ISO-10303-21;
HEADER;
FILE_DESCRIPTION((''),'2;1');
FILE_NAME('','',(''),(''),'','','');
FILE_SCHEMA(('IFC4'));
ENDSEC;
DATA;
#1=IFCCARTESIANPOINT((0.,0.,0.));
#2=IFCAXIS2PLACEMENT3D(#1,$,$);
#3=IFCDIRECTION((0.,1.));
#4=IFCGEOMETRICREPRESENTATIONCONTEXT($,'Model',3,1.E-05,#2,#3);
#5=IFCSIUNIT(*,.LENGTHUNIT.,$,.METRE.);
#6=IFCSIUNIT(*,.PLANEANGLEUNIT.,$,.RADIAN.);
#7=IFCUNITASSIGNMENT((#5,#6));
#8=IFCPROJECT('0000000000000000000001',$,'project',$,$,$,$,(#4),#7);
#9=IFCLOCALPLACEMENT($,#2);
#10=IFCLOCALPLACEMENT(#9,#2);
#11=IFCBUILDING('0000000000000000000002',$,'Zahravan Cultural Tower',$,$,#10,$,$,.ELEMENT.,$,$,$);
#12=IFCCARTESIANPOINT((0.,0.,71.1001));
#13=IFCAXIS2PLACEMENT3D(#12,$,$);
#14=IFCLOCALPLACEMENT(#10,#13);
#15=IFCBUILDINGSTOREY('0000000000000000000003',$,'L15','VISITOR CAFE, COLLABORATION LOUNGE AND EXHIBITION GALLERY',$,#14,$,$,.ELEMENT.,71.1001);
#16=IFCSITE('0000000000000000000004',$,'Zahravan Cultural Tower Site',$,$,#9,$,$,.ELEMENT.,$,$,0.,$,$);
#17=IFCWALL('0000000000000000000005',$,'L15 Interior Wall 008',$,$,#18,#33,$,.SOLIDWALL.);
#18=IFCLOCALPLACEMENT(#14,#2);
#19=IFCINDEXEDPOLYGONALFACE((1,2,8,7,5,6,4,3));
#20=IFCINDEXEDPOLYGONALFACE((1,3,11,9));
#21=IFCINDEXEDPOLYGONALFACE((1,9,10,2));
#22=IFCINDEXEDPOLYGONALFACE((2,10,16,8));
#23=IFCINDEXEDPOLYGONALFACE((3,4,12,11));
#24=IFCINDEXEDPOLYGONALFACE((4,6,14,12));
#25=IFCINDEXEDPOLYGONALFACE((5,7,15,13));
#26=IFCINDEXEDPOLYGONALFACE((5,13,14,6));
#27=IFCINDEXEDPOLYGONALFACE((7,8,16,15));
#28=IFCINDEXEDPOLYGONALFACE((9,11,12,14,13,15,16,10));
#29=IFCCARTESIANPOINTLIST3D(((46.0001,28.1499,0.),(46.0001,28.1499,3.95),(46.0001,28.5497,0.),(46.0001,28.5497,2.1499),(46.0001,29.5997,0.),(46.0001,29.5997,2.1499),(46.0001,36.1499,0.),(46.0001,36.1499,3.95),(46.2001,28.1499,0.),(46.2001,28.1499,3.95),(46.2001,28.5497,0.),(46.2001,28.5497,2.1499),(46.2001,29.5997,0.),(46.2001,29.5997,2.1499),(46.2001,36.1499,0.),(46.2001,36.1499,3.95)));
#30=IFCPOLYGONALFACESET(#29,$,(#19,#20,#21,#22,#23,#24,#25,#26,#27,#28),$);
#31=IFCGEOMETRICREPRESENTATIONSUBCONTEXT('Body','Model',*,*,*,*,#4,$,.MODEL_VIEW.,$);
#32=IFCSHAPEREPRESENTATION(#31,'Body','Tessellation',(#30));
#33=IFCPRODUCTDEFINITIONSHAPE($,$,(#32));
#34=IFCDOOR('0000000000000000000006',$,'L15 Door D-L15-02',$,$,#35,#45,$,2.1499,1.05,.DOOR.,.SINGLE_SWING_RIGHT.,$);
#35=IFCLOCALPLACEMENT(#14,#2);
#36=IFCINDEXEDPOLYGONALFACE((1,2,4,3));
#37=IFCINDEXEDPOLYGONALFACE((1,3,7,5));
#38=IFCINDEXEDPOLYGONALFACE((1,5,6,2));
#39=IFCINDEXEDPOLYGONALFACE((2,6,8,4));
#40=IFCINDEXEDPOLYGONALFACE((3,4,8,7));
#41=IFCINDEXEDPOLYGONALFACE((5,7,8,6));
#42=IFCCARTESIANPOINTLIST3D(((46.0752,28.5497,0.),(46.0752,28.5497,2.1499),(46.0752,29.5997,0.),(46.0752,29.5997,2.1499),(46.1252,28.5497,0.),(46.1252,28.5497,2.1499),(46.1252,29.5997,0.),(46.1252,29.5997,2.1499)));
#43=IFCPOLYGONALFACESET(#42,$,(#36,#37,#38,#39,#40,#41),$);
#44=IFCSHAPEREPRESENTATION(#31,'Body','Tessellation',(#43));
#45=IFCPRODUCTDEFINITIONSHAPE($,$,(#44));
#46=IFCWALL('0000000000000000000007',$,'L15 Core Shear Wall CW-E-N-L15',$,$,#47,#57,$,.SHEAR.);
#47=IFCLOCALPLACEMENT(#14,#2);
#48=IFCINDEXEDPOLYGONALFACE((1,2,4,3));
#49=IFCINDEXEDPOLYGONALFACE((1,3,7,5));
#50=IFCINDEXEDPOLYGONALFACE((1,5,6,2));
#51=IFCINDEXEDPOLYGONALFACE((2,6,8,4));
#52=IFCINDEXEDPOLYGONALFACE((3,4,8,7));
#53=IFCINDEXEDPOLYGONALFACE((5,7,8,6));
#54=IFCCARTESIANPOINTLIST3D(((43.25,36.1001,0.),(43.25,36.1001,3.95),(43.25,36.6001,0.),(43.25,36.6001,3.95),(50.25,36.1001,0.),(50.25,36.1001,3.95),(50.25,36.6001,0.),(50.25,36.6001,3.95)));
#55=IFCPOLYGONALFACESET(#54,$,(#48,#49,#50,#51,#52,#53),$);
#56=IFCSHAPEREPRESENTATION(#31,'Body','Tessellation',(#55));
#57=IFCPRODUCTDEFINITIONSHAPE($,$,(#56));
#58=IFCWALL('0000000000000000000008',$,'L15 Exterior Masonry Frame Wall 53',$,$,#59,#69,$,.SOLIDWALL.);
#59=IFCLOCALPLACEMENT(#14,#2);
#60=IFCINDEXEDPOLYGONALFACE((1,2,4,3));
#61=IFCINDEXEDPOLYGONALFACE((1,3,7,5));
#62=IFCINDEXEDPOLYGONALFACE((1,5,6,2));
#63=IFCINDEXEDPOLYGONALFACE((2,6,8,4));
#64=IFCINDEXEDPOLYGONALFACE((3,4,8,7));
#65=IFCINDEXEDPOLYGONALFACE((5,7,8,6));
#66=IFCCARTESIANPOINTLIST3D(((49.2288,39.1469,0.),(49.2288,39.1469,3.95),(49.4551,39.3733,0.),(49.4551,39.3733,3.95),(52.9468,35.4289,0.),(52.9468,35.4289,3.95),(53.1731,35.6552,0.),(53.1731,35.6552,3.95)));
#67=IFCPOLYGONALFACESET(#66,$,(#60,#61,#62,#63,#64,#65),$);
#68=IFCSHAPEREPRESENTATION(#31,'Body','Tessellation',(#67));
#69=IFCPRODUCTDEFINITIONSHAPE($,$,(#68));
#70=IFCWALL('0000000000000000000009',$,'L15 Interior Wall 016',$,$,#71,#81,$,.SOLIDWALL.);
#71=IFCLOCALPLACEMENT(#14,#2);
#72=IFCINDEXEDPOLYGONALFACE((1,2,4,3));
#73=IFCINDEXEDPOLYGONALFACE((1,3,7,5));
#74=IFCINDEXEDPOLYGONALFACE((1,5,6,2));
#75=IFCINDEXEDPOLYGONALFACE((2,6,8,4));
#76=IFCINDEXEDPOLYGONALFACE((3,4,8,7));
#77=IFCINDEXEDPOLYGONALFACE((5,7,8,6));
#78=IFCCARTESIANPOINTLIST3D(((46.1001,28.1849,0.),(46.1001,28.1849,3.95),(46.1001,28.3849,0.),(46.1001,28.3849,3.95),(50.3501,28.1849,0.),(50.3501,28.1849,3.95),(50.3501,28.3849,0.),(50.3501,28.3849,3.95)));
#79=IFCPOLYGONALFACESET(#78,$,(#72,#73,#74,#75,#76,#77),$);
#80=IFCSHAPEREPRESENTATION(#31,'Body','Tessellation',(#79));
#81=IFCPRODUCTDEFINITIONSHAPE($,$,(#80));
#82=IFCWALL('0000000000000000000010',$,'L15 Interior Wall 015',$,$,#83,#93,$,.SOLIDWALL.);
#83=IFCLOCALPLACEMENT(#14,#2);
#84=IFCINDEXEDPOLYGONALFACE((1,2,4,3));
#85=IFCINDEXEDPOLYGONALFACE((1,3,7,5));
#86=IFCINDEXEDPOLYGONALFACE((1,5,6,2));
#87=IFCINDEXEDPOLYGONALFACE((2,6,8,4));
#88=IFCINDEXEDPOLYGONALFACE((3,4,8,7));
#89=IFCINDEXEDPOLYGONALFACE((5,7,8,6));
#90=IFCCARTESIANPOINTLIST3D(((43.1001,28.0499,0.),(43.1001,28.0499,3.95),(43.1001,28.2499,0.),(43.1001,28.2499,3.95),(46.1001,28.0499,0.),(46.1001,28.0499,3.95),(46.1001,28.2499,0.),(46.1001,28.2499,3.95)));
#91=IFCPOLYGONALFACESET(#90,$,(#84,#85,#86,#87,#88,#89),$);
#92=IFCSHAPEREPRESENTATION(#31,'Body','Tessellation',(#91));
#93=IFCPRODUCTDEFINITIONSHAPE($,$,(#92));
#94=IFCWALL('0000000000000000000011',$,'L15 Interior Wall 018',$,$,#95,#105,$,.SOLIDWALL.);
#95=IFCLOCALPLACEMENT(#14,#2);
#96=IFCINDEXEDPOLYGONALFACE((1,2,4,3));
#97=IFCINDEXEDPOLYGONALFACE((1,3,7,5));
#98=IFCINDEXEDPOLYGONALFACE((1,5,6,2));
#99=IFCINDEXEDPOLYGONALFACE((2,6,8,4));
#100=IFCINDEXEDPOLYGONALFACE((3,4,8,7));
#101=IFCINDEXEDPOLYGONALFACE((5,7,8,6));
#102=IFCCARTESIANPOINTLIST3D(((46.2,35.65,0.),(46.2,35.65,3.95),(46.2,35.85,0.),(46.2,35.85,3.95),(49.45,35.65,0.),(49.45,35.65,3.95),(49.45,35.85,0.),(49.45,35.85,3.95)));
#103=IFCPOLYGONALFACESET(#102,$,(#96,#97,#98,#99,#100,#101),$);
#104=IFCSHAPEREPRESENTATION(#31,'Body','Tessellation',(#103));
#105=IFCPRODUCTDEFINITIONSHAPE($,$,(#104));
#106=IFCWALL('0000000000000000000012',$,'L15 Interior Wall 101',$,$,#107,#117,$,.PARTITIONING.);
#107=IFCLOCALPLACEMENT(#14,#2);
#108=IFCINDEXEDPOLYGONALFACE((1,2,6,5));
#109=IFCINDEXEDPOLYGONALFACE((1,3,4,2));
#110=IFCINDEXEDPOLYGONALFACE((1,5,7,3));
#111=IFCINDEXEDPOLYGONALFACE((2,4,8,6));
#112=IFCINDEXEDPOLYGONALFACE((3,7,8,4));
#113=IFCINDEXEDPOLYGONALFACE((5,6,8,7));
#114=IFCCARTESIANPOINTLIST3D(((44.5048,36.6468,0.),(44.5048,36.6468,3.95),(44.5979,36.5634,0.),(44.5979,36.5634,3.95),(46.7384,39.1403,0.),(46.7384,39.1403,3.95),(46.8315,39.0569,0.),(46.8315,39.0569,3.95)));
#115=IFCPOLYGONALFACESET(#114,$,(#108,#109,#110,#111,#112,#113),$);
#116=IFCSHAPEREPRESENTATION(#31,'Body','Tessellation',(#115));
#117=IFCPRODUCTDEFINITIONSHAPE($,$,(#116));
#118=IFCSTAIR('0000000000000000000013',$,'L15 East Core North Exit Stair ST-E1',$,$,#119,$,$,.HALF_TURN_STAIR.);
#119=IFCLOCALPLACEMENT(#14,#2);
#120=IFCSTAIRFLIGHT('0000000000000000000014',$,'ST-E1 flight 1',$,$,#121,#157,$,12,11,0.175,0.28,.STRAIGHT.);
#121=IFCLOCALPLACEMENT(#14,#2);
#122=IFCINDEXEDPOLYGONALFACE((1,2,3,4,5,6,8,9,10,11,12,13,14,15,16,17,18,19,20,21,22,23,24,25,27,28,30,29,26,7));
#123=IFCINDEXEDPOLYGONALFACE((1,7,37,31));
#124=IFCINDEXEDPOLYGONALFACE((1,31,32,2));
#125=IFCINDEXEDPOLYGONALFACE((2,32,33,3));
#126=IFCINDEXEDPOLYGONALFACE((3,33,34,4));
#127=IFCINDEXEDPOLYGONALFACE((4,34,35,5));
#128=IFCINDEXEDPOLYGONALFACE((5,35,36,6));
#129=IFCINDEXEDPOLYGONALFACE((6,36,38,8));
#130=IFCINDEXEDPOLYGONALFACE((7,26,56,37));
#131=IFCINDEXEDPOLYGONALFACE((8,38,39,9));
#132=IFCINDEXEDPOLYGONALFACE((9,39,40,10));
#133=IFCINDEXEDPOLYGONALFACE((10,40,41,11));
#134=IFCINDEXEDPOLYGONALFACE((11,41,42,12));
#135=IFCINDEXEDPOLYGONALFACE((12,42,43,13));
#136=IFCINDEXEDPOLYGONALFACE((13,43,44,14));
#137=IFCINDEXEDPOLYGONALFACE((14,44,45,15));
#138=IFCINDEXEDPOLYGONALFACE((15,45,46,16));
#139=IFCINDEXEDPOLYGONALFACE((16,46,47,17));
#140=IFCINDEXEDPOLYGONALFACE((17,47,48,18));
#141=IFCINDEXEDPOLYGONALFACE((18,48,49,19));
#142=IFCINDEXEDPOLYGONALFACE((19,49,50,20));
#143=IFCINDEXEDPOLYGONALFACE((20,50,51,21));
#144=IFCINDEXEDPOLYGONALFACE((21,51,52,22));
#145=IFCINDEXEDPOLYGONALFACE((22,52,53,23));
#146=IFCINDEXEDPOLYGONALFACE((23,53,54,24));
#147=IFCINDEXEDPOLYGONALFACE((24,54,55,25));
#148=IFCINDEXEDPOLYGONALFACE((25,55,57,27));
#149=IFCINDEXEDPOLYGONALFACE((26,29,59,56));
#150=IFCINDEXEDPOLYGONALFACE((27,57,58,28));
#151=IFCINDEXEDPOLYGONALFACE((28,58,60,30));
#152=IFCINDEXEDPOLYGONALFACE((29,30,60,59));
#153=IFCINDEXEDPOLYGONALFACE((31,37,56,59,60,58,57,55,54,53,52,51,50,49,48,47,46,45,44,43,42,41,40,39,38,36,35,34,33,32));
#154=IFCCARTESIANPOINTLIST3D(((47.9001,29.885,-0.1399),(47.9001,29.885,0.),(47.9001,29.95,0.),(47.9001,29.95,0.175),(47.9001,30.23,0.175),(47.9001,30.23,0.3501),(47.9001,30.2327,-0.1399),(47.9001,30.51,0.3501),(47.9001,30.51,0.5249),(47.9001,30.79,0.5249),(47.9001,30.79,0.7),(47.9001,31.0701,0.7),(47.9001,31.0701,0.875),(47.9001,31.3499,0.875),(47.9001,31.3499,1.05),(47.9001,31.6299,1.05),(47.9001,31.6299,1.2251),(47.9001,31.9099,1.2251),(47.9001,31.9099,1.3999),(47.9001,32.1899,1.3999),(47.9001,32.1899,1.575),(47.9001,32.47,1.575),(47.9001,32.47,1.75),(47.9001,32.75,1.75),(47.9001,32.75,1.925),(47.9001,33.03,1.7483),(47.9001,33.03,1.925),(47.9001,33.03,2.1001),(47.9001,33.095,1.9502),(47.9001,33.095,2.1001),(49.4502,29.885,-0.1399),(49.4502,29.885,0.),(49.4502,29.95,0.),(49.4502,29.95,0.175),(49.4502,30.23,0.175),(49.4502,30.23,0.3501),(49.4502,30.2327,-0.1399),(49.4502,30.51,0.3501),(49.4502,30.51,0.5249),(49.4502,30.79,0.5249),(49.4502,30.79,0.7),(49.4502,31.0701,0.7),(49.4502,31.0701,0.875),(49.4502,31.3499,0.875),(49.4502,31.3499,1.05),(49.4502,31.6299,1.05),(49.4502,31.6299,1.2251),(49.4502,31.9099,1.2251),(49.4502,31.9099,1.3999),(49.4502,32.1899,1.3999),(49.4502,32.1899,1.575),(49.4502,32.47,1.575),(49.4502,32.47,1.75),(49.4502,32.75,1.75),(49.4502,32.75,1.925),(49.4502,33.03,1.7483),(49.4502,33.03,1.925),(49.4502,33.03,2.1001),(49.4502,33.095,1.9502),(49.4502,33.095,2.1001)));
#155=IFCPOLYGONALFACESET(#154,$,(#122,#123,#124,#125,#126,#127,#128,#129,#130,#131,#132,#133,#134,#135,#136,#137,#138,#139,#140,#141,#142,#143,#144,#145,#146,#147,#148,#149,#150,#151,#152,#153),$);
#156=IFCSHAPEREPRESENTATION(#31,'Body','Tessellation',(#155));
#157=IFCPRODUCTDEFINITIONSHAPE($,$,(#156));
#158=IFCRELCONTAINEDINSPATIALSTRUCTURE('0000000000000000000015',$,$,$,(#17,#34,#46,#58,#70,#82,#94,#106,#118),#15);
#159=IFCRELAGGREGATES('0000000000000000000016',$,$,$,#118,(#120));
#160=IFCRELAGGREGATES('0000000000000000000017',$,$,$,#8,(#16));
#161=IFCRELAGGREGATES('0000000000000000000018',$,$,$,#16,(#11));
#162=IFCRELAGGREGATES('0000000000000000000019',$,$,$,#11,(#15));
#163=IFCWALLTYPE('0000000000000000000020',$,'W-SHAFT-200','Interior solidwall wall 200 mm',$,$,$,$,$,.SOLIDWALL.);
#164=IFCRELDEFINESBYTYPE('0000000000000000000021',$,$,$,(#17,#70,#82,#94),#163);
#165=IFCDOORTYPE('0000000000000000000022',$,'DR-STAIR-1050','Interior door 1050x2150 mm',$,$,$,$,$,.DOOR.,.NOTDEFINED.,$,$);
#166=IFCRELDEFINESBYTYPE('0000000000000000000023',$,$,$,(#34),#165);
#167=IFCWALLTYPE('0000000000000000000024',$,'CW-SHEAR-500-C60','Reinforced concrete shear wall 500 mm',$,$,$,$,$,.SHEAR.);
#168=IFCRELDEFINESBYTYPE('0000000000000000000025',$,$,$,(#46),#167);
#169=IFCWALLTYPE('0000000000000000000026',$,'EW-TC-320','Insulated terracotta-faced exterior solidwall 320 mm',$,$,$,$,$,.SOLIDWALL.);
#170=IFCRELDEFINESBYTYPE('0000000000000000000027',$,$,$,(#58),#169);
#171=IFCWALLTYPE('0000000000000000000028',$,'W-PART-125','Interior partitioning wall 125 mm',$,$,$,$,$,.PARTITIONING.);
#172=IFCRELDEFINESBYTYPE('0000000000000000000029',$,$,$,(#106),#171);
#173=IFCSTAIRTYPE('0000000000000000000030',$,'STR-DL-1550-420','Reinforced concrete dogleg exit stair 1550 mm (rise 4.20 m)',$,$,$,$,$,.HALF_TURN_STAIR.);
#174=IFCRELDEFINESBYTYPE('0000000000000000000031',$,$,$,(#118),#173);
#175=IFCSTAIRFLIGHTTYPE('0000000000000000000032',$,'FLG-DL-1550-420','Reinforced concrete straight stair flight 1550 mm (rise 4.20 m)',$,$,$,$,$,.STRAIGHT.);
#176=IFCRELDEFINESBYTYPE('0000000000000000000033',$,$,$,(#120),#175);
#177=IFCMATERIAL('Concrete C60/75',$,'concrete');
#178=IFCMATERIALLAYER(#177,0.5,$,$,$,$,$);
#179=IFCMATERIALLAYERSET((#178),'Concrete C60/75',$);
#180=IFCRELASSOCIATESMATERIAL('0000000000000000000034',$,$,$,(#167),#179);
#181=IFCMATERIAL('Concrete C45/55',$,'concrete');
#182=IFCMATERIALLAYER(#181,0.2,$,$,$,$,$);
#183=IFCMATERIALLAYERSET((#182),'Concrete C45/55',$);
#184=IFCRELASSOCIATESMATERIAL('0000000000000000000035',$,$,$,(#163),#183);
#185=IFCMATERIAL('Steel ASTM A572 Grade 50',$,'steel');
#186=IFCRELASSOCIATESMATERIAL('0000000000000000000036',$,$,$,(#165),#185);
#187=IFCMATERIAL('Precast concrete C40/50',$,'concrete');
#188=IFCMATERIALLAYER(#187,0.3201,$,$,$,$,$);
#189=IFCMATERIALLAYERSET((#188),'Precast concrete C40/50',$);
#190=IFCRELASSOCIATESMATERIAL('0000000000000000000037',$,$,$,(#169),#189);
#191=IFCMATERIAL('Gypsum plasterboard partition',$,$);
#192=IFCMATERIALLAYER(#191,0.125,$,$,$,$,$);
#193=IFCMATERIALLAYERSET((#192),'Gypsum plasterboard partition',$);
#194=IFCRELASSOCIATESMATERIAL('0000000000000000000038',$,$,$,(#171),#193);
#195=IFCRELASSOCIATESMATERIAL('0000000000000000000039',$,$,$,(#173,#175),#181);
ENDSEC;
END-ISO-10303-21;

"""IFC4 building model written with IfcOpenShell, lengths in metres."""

from ifc_helpers import new_model, si_unit, direction, frame, frame_2d, origin, place, context, subcontext, project, spatial, polyline, rectangle, outline, extrude, source, transform, mapped, material, layer, layer_set, type_object, element, fill, aggregate, save


model = new_model("IFC4")

# Units and contexts
model_context = context("Model", 3, precision=1e-05, world=origin(), true_north=direction((0.0, 1.0)))
body_context = subcontext(model_context, "Body", "Model", "MODEL_VIEW")
ifc_project = project(units=[si_unit("LENGTHUNIT", "METRE"), si_unit("PLANEANGLEUNIT", "RADIAN")], contexts=[model_context])

# Site, building, storey
site_placement = place(None, origin())
site = spatial("IfcSite", under=ifc_project, at=site_placement, Name="Zahravan Cultural Tower Site", CompositionType="ELEMENT", RefElevation=0.0)
building_placement = place(site_placement, origin())
building = spatial("IfcBuilding", under=site, at=building_placement, Name="Zahravan Cultural Tower", CompositionType="ELEMENT")
storey_placement = place(building_placement, frame((0.0, 0.0, 71.1001)))
storey = spatial("IfcBuildingStorey", under=building, at=storey_placement, Name="L15", Description="VISITOR CAFE, COLLABORATION LOUNGE AND EXHIBITION GALLERY", CompositionType="ELEMENT", Elevation=71.1001)

# Shared definitions
ifc_material_1 = material(Name="Concrete C60/75", Category="concrete")

# Wall, opening, door
ifc_layer_1 = layer(ifc_material_1, 0.5)
ifc_layer_set_1 = layer_set([ifc_layer_1], Name="Concrete C60/75")
wall_type_1 = type_object("IfcWallType", Name="CW-SHEAR-500-C60", Description="Reinforced concrete shear wall 500 mm", PredefinedType="SHEAR", material=ifc_layer_set_1)
ifc_material_2 = material(Name="Steel ASTM A572 Grade 50", Category="steel")
ifc_material_3 = material(Name="Concrete C45/55", Category="concrete")
ifc_layer_2 = layer(ifc_material_3, 0.2)
ifc_layer_set_2 = layer_set([ifc_layer_2], Name="Concrete C45/55")
wall_type_2 = type_object("IfcWallType", Name="W-SHAFT-200", Description="Interior solidwall wall 200 mm", PredefinedType="SOLIDWALL", material=ifc_layer_set_2)
wall_1_placement = place(storey_placement, frame((46.1001, 28.1499, 0.0), z_axis=(0.0, 0.0, 1.0), x_axis=(0.0, 1.0, 0.0)))
wall_1 = element("IfcWall", 1, at=wall_1_placement, inside=storey, type_object=wall_type_2, Name="L15 Interior Wall 008", PredefinedType="SOLIDWALL", context=body_context, shape_type="SweptSolid", body=[
    extrude(rectangle(XDim=8.0, YDim=0.2, at=frame_2d((4.0, 0.0))), origin(), (0.0, 0.0, 1.0), 3.95),
])
opening_1_placement = place(wall_1_placement, frame((0.3999, 0.0, 0.0)))
opening_1 = element("IfcOpeningElement", 2, at=opening_1_placement, cuts=wall_1, PredefinedType="OPENING", context=body_context, shape_type="SweptSolid", body=[
    extrude(rectangle(XDim=1.05, YDim=2.1499, at=frame_2d((0.5249, 1.075))), frame((0.0, 0.1099, 0.0), z_axis=(0.0, -1.0, 0.0), x_axis=(1.0, 0.0, 0.0)), (0.0, 0.0, 1.0), 0.22),
])
door_type_1 = type_object("IfcDoorType", Name="DR-STAIR-1050", Description="Interior door 1050x2150 mm", OperationType="NOTDEFINED", PredefinedType="DOOR", material=ifc_material_2)
shared_shape_1 = source(origin(), body_context, "Body", "SweptSolid", [
    extrude(rectangle(XDim=1.05, YDim=2.1499, at=frame_2d((0.5249, 1.075))), frame((0.0, 0.0249, 0.0), z_axis=(0.0, -1.0, 0.0), x_axis=(1.0, 0.0, 0.0)), (0.0, 0.0, 1.0), 0.05),
])
door_1_placement = place(opening_1_placement, origin())
door_1 = element("IfcDoor", 3, at=door_1_placement, inside=storey, type_object=door_type_1, Name="L15 Door D-L15-02", OperationType="SINGLE_SWING_RIGHT", OverallHeight=2.1499, OverallWidth=1.05, PredefinedType="DOOR", context=body_context, shape_type="MappedRepresentation", body=[
    mapped(shared_shape_1, transform((0.0, 0.0, 0.0), x_axis=(1.0, 0.0, 0.0), y_axis=(0.0, 1.0, 0.0), z_axis=(0.0, 0.0, 1.0), scale=1.0)),
])
fill(opening_1, door_1)

# Walls
shared_shape_2 = source(origin(), body_context, "Body", "SweptSolid", [
    extrude(rectangle(XDim=7.0, YDim=0.5, at=frame_2d((3.5, 0.0))), origin(), (0.0, 0.0, 1.0), 3.95),
])
wall_2_placement = place(storey_placement, frame((43.25, 36.3501, 0.0), z_axis=(0.0, 0.0, 1.0), x_axis=(1.0, 0.0, 0.0)))
element("IfcWall", 4, at=wall_2_placement, inside=storey, type_object=wall_type_1, Name="L15 Core Shear Wall CW-E-N-L15", PredefinedType="SHEAR", context=body_context, shape_type="MappedRepresentation", body=[
    mapped(shared_shape_2, transform((0.0, 0.0, 0.0), x_axis=(1.0, 0.0, 0.0), y_axis=(0.0, 1.0, 0.0), z_axis=(0.0, 0.0, 1.0), scale=1.0)),
])
ifc_material_4 = material(Name="Precast concrete C40/50", Category="concrete")
ifc_layer_3 = layer(ifc_material_4, 0.3201)
ifc_layer_set_3 = layer_set([ifc_layer_3], Name="Precast concrete C40/50")
wall_type_3 = type_object("IfcWallType", Name="EW-TC-320", Description="Insulated terracotta-faced exterior solidwall 320 mm", PredefinedType="SOLIDWALL", material=ifc_layer_set_3)
shared_shape_3 = source(origin(), body_context, "Body", "SweptSolid", [
    extrude(rectangle(XDim=5.2581, YDim=0.3201, at=frame_2d((2.6289, 0.0))), origin(), (0.0, 0.0, 1.0), 3.95),
])
wall_3_placement = place(storey_placement, frame((49.342, 39.26, 0.0), z_axis=(0.0, 0.0, 1.0), x_axis=(0.707107, -0.707107, 0.0)))
element("IfcWall", 5, at=wall_3_placement, inside=storey, type_object=wall_type_3, Name="L15 Exterior Masonry Frame Wall 53", PredefinedType="SOLIDWALL", context=body_context, shape_type="MappedRepresentation", body=[
    mapped(shared_shape_3, transform((0.0, 0.0, 0.0), x_axis=(1.0, 0.0, 0.0), y_axis=(0.0, 1.0, 0.0), z_axis=(0.0, 0.0, 1.0), scale=1.0)),
])
shared_shape_4 = source(origin(), body_context, "Body", "SweptSolid", [
    extrude(rectangle(XDim=4.25, YDim=0.2, at=frame_2d((2.125, 0.0))), origin(), (0.0, 0.0, 1.0), 3.95),
])
wall_4_placement = place(storey_placement, frame((46.1001, 28.2849, 0.0), z_axis=(0.0, 0.0, 1.0), x_axis=(1.0, 0.0, 0.0)))
element("IfcWall", 6, at=wall_4_placement, inside=storey, type_object=wall_type_2, Name="L15 Interior Wall 016", PredefinedType="SOLIDWALL", context=body_context, shape_type="MappedRepresentation", body=[
    mapped(shared_shape_4, transform((0.0, 0.0, 0.0), x_axis=(1.0, 0.0, 0.0), y_axis=(0.0, 1.0, 0.0), z_axis=(0.0, 0.0, 1.0), scale=1.0)),
])
shared_shape_5 = source(origin(), body_context, "Body", "SweptSolid", [
    extrude(rectangle(XDim=3.0, YDim=0.2, at=frame_2d((1.5, 0.0))), origin(), (0.0, 0.0, 1.0), 3.95),
])
wall_5_placement = place(storey_placement, frame((43.1001, 28.1499, 0.0), z_axis=(0.0, 0.0, 1.0), x_axis=(1.0, 0.0, 0.0)))
element("IfcWall", 7, at=wall_5_placement, inside=storey, type_object=wall_type_2, Name="L15 Interior Wall 015", PredefinedType="SOLIDWALL", context=body_context, shape_type="MappedRepresentation", body=[
    mapped(shared_shape_5, transform((0.0, 0.0, 0.0), x_axis=(1.0, 0.0, 0.0), y_axis=(0.0, 1.0, 0.0), z_axis=(0.0, 0.0, 1.0), scale=1.0)),
])
shared_shape_6 = source(origin(), body_context, "Body", "SweptSolid", [
    extrude(rectangle(XDim=3.25, YDim=0.2, at=frame_2d((1.625, 0.0))), origin(), (0.0, 0.0, 1.0), 3.95),
])
wall_6_placement = place(storey_placement, frame((46.2, 35.75, 0.0), z_axis=(0.0, 0.0, 1.0), x_axis=(1.0, 0.0, 0.0)))
element("IfcWall", 8, at=wall_6_placement, inside=storey, type_object=wall_type_2, Name="L15 Interior Wall 018", PredefinedType="SOLIDWALL", context=body_context, shape_type="MappedRepresentation", body=[
    mapped(shared_shape_6, transform((0.0, 0.0, 0.0), x_axis=(1.0, 0.0, 0.0), y_axis=(0.0, 1.0, 0.0), z_axis=(0.0, 0.0, 1.0), scale=1.0)),
])
ifc_material_5 = material(Name="Gypsum plasterboard partition")
ifc_layer_4 = layer(ifc_material_5, 0.125)
ifc_layer_set_4 = layer_set([ifc_layer_4], Name="Gypsum plasterboard partition")
wall_type_4 = type_object("IfcWallType", Name="W-PART-125", Description="Interior partitioning wall 125 mm", PredefinedType="PARTITIONING", material=ifc_layer_set_4)
shared_shape_7 = source(origin(), body_context, "Body", "SweptSolid", [
    extrude(rectangle(XDim=3.3477, YDim=0.125, at=frame_2d((1.6738, 0.0))), origin(), (0.0, 0.0, 1.0), 3.95),
])
wall_7_placement = place(storey_placement, frame((46.7849, 39.0986, 0.0), z_axis=(0.0, 0.0, 1.0), x_axis=(-0.667206, -0.744873, 0.0)))
element("IfcWall", 9, at=wall_7_placement, inside=storey, type_object=wall_type_4, Name="L15 Interior Wall 101", PredefinedType="PARTITIONING", context=body_context, shape_type="MappedRepresentation", body=[
    mapped(shared_shape_7, transform((0.0, 0.0, 0.0), x_axis=(1.0, 0.0, 0.0), y_axis=(0.0, 1.0, 0.0), z_axis=(0.0, 0.0, 1.0), scale=1.0)),
])

# Stair, stair flight
stair_type = type_object("IfcStairType", Name="STR-DL-1550-420", Description="Reinforced concrete dogleg exit stair 1550 mm (rise 4.20 m)", PredefinedType="HALF_TURN_STAIR", material=ifc_material_3)
stair_placement = place(storey_placement, origin())
stair = element("IfcStair", 10, at=stair_placement, inside=storey, type_object=stair_type, Name="L15 East Core North Exit Stair ST-E1", PredefinedType="HALF_TURN_STAIR")
stair_flight_type = type_object("IfcStairFlightType", Name="FLG-DL-1550-420", Description="Reinforced concrete straight stair flight 1550 mm (rise 4.20 m)", PredefinedType="STRAIGHT", material=ifc_material_3)
stair_flight_1_placement = place(storey_placement, frame((48.675, 29.95, 0.0), z_axis=(0.0, 0.0, 1.0), x_axis=(0.0, 1.0, 0.0)))
stair_flight_1 = element("IfcStairFlight", 11, at=stair_flight_1_placement, type_object=stair_flight_type, Name="ST-E1 flight 1", NumberOfRisers=12, NumberOfTreads=11, PredefinedType="STRAIGHT", RiserHeight=0.175, TreadLength=0.28, context=body_context, shape_type="SweptSolid", body=[
    extrude(outline(polyline([(-0.0649, -0.1399), (-0.0649, 0.0), (0.0, 0.0), (0.0, 0.175), (0.28, 0.175), (0.28, 0.3501), (0.5601, 0.3501), (0.5601, 0.5249), (0.8401, 0.5249), (0.8401, 0.7), (1.1201, 0.7), (1.1201, 0.875), (1.3999, 0.875), (1.3999, 1.05), (1.6799, 1.05), (1.6799, 1.2251), (1.96, 1.2251), (1.96, 1.3999), (2.24, 1.3999), (2.24, 1.575), (2.52, 1.575), (2.52, 1.75), (2.8, 1.75), (2.8, 1.925), (3.0801, 1.925), (3.0801, 2.1001), (3.145, 2.1001), (3.145, 1.9502), (3.0801, 1.7483), (0.2827, -0.1399), (-0.0649, -0.1399)])), frame((0.0, 0.7749, 0.0), z_axis=(0.0, -1.0, 0.0), x_axis=(1.0, 0.0, 0.0)), (0.0, 0.0, 1.0), 1.55),
])
aggregate(stair, [stair_flight_1])

save(model, "model.ifc")
